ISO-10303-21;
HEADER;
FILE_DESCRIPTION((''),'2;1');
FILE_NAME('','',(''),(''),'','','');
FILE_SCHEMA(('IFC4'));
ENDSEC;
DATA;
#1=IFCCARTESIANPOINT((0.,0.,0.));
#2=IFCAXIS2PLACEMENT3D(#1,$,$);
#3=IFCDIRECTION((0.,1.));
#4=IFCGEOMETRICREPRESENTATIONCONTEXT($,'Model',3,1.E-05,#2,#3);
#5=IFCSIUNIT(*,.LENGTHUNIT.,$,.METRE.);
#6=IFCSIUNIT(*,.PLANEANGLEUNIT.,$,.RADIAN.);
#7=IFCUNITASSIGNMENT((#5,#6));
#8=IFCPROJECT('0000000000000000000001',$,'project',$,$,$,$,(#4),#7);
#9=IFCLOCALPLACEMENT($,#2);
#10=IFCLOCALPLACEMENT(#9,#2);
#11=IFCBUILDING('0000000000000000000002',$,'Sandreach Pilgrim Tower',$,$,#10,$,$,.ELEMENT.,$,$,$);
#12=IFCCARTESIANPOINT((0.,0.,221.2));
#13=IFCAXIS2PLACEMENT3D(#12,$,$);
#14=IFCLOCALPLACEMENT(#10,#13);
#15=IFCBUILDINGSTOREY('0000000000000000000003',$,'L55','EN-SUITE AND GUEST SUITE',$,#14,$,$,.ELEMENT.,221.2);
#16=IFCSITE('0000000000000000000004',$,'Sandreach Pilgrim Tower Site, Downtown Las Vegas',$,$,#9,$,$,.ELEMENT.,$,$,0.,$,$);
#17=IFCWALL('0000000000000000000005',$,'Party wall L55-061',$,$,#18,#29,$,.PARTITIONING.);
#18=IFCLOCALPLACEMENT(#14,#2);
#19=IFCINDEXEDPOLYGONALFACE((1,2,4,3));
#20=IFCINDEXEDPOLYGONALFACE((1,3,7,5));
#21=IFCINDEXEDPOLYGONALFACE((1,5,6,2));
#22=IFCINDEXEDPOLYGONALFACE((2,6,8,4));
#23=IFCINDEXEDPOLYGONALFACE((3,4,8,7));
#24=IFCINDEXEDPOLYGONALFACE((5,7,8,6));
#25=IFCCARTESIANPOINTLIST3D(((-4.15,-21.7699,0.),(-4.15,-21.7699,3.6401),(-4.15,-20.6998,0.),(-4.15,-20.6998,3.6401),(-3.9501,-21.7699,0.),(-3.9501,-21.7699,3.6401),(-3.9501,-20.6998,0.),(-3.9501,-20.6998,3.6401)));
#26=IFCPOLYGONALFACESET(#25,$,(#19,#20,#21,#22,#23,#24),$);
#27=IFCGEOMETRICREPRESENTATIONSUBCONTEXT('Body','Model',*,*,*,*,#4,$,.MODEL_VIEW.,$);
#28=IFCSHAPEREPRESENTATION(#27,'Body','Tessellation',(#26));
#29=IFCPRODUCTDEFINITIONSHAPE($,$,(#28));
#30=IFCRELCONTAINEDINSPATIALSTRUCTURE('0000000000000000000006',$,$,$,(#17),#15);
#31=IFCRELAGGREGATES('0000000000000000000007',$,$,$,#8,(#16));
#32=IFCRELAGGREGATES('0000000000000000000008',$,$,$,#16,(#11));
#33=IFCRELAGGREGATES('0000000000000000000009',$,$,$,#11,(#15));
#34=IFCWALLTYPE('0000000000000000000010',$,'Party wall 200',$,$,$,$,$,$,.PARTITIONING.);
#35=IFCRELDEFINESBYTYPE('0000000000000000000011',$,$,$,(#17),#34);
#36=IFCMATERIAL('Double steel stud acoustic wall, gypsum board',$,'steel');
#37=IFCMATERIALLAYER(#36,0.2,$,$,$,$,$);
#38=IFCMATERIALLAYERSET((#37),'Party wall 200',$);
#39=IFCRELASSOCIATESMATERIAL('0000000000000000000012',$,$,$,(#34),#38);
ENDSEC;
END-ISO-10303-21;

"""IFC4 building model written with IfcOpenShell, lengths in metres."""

from ifc_helpers import new_model, si_unit, direction, frame, frame_2d, origin, place, context, subcontext, project, spatial, rectangle, extrude, material, layer, layer_set, type_object, element, save


model = new_model("IFC4")

# Units and contexts
model_context = context("Model", 3, precision=1e-05, world=origin(), true_north=direction((0.0, 1.0)))
body_context = subcontext(model_context, "Body", "Model", "MODEL_VIEW")
ifc_project = project(units=[si_unit("LENGTHUNIT", "METRE"), si_unit("PLANEANGLEUNIT", "RADIAN")], contexts=[model_context])

# Site, building, storey
site_placement = place(None, origin())
site = spatial("IfcSite", under=ifc_project, at=site_placement, Name="Sandreach Pilgrim Tower Site, Downtown Las Vegas", CompositionType="ELEMENT", RefElevation=0.0)
building_placement = place(site_placement, origin())
building = spatial("IfcBuilding", under=site, at=building_placement, Name="Sandreach Pilgrim Tower", CompositionType="ELEMENT")
storey_placement = place(building_placement, frame((0.0, 0.0, 221.2)))
storey = spatial("IfcBuildingStorey", under=building, at=storey_placement, Name="L55", Description="EN-SUITE AND GUEST SUITE", CompositionType="ELEMENT", Elevation=221.2)

# Wall
ifc_material_1 = material(Name="Double steel stud acoustic wall, gypsum board", Category="steel")
ifc_layer_1 = layer(ifc_material_1, 0.2)
ifc_layer_set_1 = layer_set([ifc_layer_1], Name="Party wall 200")
wall_type_1 = type_object("IfcWallType", Name="Party wall 200", PredefinedType="PARTITIONING", material=ifc_layer_set_1)
wall_1_placement = place(storey_placement, frame((-4.05, -21.77, 0.0), z_axis=(0.0, 0.0, 1.0), x_axis=(0.0, 1.0, 0.0)))
element("IfcWall", 1, at=wall_1_placement, inside=storey, type_object=wall_type_1, Name="Party wall L55-061", PredefinedType="PARTITIONING", context=body_context, shape_type="SweptSolid", body=[
    extrude(rectangle(XDim=1.0701, YDim=0.2, at=frame_2d((0.5352, 0.0))), origin(), (0.0, 0.0, 1.0), 3.6401),
])

save(model, "model.ifc")
